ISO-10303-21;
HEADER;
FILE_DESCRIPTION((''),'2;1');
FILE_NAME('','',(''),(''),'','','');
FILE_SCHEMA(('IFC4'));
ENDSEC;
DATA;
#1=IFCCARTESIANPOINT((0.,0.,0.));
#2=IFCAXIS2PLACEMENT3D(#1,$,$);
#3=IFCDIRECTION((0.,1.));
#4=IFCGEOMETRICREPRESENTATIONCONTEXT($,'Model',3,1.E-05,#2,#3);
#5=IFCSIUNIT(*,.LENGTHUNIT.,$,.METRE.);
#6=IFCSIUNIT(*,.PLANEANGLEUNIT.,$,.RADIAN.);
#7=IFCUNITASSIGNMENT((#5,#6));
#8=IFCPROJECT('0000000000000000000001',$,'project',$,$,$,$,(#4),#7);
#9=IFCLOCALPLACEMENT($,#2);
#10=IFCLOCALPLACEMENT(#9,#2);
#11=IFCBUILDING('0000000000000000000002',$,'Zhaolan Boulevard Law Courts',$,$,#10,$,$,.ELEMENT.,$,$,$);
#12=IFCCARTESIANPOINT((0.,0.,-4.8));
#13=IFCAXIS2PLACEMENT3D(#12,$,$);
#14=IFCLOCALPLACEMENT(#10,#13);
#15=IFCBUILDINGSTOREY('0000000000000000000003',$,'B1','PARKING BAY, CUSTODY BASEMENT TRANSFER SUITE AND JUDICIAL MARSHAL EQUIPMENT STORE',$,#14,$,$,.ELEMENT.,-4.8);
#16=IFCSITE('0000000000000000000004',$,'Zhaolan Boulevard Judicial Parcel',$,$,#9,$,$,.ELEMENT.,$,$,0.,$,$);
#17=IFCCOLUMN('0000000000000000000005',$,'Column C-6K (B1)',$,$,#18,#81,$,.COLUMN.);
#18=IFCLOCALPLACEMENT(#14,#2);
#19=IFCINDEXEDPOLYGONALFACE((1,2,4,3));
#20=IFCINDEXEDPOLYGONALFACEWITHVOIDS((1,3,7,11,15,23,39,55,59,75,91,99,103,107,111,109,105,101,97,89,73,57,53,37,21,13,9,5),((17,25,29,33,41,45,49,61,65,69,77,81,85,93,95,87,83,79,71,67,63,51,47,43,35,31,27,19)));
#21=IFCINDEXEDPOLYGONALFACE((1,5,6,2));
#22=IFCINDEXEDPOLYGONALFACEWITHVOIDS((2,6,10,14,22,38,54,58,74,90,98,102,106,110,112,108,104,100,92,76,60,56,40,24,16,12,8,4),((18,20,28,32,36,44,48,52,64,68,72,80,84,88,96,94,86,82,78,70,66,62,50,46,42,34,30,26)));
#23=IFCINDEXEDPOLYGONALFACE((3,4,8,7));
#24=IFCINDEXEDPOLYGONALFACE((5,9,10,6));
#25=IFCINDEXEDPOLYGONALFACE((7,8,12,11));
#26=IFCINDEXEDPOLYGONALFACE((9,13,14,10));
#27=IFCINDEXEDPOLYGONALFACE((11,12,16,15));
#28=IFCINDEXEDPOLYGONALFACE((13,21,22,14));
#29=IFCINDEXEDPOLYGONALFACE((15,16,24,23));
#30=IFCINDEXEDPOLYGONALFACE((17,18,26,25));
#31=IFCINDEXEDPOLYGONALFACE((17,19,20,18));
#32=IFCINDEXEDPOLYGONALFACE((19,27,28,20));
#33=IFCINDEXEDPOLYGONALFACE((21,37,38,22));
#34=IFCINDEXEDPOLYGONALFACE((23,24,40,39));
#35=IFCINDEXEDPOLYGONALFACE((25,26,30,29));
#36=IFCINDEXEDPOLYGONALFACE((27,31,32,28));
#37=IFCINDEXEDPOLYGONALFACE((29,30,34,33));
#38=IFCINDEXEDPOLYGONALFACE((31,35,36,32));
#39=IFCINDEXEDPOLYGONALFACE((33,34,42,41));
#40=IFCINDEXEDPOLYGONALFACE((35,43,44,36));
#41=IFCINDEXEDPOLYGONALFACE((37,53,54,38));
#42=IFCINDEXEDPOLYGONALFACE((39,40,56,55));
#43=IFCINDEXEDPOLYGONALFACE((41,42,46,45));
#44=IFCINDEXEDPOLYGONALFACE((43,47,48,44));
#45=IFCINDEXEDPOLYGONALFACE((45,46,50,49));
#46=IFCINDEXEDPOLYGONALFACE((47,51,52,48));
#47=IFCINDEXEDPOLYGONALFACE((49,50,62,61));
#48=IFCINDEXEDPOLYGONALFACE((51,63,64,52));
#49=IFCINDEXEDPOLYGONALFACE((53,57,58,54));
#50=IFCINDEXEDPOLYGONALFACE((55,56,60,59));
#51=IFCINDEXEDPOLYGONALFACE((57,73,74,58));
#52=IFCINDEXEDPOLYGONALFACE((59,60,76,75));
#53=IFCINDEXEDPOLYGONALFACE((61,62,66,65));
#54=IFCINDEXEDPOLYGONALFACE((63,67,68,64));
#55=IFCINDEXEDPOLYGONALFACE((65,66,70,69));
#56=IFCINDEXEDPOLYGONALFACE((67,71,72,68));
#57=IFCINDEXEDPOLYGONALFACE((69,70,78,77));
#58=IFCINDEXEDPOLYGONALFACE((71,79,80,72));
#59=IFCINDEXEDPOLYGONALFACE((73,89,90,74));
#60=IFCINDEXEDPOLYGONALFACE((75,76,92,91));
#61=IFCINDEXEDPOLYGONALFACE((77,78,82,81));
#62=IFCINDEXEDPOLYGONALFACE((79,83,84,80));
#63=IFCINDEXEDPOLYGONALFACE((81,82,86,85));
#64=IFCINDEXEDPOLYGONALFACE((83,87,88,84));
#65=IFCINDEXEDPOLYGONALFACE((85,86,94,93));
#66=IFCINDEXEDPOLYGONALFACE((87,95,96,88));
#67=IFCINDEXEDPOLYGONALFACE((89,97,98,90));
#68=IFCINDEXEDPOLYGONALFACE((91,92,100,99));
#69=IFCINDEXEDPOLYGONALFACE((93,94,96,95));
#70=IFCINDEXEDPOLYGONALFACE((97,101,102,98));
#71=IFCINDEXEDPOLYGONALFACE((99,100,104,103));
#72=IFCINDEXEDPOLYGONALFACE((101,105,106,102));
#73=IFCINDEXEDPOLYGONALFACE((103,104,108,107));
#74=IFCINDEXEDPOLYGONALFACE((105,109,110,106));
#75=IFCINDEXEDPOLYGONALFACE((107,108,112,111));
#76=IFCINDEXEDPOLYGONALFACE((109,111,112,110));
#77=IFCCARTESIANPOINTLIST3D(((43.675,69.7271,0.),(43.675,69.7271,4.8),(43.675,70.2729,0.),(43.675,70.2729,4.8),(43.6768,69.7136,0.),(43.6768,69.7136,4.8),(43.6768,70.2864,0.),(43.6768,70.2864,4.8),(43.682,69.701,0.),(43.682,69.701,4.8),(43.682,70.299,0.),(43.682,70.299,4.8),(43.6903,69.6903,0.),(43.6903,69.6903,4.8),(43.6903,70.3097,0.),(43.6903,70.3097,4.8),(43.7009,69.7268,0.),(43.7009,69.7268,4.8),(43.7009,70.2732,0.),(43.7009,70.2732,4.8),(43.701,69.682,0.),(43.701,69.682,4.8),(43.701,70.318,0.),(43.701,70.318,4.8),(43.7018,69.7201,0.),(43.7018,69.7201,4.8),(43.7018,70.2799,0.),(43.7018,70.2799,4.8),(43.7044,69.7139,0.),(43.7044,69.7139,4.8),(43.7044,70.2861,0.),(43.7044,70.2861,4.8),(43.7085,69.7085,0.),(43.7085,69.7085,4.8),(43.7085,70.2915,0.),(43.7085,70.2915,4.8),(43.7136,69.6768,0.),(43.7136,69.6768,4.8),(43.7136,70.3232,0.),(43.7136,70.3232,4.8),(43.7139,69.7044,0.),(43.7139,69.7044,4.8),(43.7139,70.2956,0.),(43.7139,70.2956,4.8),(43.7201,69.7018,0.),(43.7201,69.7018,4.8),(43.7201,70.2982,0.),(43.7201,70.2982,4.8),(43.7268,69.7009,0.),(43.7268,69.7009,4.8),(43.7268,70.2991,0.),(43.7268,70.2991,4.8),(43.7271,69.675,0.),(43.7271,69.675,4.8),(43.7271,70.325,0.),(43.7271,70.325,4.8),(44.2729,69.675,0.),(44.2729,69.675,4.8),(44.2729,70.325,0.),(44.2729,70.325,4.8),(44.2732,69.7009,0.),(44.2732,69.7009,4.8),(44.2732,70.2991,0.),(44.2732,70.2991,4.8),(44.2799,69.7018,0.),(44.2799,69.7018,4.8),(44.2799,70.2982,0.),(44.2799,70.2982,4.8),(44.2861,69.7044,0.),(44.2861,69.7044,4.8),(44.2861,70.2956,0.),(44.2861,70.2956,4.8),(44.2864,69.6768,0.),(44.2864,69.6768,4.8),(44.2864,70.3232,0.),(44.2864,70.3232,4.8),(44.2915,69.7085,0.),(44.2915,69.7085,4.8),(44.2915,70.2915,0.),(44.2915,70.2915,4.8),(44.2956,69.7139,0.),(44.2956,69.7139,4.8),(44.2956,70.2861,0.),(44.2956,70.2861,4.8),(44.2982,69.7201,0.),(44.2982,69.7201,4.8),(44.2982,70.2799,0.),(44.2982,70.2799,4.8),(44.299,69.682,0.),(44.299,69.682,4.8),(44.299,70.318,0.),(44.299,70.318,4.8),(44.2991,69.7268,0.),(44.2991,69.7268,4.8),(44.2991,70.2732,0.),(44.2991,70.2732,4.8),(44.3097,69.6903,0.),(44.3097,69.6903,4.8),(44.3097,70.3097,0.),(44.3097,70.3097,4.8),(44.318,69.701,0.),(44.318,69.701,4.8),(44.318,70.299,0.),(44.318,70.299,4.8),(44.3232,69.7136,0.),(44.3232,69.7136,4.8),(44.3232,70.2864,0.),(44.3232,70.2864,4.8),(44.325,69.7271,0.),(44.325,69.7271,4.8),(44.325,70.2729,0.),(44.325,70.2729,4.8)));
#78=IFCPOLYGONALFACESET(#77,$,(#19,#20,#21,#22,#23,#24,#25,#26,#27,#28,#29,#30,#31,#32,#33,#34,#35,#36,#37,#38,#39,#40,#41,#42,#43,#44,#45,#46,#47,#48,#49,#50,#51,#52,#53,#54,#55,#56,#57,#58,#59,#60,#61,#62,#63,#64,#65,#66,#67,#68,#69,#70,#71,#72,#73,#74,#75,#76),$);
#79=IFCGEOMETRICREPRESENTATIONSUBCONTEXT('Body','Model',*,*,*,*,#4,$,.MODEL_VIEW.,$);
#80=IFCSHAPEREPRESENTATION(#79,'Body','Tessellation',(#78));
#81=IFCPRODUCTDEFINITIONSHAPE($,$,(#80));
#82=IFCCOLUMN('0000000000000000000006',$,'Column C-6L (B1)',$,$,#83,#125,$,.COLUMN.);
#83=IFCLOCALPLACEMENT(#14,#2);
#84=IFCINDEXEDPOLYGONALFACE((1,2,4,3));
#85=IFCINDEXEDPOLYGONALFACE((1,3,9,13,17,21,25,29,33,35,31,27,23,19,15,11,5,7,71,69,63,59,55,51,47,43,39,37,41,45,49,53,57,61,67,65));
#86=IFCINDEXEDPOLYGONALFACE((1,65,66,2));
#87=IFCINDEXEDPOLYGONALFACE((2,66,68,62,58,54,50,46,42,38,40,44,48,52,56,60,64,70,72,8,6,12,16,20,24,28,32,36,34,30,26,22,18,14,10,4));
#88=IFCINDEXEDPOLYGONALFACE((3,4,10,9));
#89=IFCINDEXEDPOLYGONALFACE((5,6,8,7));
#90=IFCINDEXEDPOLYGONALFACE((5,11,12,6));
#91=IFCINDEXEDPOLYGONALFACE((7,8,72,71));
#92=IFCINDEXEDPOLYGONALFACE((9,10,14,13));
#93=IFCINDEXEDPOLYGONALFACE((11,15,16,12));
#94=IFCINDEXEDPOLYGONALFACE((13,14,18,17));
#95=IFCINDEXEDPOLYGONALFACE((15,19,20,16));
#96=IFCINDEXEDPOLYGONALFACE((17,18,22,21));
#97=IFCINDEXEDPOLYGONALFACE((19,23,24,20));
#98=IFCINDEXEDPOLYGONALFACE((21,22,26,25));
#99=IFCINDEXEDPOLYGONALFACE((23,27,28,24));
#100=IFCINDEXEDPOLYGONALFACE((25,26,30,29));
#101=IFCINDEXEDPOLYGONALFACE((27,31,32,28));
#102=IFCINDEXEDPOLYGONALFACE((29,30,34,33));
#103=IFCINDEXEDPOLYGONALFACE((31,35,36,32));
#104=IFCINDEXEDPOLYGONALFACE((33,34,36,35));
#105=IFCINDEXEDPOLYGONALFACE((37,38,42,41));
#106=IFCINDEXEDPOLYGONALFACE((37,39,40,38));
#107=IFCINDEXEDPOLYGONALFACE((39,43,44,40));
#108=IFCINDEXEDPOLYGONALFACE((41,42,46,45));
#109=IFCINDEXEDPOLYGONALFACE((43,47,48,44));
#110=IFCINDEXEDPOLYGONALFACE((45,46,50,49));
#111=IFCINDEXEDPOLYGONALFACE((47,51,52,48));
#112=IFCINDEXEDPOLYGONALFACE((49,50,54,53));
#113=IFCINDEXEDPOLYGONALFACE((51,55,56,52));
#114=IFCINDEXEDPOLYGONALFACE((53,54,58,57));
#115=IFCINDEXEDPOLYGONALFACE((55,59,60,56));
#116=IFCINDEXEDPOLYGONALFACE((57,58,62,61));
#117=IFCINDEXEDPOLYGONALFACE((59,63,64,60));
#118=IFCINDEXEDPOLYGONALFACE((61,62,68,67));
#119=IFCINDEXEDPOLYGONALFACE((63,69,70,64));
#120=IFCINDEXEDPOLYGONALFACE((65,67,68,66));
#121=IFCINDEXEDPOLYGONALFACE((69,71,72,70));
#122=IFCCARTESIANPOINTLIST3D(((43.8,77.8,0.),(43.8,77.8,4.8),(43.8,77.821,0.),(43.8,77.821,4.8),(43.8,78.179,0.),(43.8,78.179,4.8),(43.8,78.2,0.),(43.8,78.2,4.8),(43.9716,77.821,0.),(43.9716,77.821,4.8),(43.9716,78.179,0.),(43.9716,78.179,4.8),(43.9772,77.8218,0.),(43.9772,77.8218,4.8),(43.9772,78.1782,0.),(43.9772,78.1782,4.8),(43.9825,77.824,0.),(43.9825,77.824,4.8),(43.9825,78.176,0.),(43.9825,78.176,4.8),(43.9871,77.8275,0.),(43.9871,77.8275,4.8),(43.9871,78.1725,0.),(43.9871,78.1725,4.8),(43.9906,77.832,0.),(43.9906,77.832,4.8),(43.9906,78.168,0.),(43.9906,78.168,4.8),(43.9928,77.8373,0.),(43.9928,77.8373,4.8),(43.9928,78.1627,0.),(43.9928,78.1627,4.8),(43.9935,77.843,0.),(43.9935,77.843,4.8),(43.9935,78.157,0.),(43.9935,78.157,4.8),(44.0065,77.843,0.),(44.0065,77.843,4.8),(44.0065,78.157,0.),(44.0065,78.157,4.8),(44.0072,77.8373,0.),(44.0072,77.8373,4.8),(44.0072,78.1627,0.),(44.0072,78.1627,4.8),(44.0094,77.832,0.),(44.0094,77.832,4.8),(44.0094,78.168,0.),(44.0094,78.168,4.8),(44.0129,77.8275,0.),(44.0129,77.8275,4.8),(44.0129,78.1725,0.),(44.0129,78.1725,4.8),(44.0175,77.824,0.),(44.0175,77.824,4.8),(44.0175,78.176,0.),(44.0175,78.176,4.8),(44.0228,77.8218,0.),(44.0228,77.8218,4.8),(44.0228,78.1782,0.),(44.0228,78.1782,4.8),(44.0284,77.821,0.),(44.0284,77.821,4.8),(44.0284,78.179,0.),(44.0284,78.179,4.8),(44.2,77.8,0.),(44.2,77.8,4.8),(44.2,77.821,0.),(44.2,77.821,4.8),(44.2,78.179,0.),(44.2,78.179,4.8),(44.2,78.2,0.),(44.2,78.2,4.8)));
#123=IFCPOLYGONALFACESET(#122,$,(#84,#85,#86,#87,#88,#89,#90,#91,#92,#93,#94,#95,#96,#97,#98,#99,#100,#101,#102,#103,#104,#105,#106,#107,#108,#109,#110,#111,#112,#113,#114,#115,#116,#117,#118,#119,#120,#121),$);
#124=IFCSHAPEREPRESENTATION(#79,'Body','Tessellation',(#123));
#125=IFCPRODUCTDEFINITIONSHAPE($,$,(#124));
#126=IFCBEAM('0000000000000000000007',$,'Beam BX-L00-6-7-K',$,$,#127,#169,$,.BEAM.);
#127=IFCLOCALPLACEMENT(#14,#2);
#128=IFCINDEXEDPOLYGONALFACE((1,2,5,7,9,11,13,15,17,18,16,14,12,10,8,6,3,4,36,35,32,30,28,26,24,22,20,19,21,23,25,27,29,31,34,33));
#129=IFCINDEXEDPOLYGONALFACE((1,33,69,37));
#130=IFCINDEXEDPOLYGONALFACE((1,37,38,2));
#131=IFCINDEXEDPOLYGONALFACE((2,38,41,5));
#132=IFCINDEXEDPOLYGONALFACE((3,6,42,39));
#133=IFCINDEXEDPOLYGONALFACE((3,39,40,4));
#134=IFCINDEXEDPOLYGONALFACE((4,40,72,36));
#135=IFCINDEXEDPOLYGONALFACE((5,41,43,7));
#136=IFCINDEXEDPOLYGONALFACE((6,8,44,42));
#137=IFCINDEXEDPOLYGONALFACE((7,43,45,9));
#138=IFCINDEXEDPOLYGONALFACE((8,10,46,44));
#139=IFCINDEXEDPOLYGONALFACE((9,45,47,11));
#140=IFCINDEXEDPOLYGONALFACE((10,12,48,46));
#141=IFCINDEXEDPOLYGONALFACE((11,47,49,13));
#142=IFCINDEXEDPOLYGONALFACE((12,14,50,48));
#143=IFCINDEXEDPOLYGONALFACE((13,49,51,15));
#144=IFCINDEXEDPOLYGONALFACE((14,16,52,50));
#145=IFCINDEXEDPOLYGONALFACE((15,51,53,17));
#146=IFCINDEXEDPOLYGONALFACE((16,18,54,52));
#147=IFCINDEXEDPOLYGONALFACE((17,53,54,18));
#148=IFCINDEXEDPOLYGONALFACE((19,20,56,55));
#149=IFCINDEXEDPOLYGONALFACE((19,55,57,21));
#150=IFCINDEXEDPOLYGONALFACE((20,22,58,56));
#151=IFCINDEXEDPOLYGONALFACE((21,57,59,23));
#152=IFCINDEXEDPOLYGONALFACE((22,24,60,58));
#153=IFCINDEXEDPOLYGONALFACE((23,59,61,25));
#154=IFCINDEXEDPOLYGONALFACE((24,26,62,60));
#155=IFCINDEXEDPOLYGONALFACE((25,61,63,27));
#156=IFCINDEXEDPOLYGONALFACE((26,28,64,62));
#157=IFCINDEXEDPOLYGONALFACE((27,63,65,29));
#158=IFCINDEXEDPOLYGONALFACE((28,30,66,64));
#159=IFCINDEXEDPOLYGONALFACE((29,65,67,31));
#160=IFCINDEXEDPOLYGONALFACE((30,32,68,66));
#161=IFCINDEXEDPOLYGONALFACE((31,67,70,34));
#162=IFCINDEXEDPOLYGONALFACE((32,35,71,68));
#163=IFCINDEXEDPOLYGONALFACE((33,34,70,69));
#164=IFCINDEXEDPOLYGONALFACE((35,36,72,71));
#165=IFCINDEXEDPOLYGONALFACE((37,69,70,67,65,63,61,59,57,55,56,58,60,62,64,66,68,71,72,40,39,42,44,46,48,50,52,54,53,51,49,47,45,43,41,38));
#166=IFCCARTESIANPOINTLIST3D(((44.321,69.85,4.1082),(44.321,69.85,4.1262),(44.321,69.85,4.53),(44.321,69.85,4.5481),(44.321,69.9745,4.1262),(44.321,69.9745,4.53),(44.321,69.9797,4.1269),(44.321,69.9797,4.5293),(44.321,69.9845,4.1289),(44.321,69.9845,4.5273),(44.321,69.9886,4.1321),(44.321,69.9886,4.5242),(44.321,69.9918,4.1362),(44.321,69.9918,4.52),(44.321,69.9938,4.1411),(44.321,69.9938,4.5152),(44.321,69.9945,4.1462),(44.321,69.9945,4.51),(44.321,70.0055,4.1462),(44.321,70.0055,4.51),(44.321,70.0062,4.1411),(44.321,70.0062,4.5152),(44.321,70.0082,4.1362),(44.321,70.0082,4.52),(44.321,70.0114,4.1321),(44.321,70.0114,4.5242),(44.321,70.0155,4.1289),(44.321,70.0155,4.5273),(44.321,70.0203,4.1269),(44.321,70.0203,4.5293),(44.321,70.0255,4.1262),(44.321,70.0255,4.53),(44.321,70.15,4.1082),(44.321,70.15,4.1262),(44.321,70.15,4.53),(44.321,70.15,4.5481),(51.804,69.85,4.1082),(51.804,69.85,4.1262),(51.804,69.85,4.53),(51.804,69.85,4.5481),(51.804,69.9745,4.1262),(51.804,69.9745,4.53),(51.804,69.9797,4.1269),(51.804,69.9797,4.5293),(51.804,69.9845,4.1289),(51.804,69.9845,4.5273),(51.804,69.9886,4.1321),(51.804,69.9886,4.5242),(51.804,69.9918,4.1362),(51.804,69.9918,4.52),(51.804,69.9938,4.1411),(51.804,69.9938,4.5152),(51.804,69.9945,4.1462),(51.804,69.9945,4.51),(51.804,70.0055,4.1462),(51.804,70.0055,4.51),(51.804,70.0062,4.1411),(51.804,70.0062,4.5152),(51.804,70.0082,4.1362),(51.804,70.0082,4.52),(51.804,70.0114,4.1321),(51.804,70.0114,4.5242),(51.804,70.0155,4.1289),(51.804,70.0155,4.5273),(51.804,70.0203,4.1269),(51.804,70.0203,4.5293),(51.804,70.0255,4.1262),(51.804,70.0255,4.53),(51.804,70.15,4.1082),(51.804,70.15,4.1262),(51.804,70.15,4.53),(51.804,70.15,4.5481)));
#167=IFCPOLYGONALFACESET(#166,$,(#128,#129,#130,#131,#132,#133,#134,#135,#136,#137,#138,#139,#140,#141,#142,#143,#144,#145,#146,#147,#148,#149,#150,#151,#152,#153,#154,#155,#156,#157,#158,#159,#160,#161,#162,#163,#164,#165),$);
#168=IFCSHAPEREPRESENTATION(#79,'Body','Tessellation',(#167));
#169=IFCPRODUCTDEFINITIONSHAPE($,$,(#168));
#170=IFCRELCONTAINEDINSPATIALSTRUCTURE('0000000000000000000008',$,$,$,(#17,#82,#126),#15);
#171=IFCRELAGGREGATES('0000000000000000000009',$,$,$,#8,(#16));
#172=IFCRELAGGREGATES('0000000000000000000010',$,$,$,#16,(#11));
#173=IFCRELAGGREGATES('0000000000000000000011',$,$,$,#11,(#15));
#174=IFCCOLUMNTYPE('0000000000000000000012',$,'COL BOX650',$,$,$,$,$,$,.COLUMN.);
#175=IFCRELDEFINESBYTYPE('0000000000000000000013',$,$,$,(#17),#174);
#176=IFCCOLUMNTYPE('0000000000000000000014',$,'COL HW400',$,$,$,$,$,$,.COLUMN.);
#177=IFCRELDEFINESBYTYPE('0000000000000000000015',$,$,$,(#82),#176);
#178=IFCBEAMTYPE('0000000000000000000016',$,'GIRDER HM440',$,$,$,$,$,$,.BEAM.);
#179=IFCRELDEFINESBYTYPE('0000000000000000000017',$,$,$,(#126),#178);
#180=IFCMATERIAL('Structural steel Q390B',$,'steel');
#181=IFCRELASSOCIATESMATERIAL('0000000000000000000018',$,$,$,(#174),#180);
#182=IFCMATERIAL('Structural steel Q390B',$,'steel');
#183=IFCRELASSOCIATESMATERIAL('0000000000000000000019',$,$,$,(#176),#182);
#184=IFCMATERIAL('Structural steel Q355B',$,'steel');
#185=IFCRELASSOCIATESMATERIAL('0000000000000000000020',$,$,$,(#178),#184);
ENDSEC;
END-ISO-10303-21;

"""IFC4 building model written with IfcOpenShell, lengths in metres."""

from ifc_helpers import new_model, si_unit, direction, frame, origin, origin_2d, place, context, subcontext, project, spatial, hollow_rectangle, i_section, extrude, material, material_profile, profile_set, type_object, element, save


model = new_model("IFC4")

# Units and contexts
model_context = context("Model", 3, precision=1e-05, world=origin(), true_north=direction((0.0, 1.0)))
body_context = subcontext(model_context, "Body", "Model", "MODEL_VIEW")
ifc_project = project(units=[si_unit("LENGTHUNIT", "METRE"), si_unit("PLANEANGLEUNIT", "RADIAN")], contexts=[model_context])

# Site, building, storey
site_placement = place(None, origin())
site = spatial("IfcSite", under=ifc_project, at=site_placement, Name="Zhaolan Boulevard Judicial Parcel", CompositionType="ELEMENT", RefElevation=0.0)
building_placement = place(site_placement, origin())
building = spatial("IfcBuilding", under=site, at=building_placement, Name="Zhaolan Boulevard Law Courts", CompositionType="ELEMENT")
storey_placement = place(building_placement, frame((0.0, 0.0, -4.8)))
storey = spatial("IfcBuildingStorey", under=building, at=storey_placement, Name="B1", Description="PARKING BAY, CUSTODY BASEMENT TRANSFER SUITE AND JUDICIAL MARSHAL EQUIPMENT STORE", CompositionType="ELEMENT", Elevation=-4.8)

# Columns
ifc_material_1 = material(Name="Structural steel Q390B", Category="steel")
ifc_material_profile_1 = material_profile(ifc_material_1, hollow_rectangle(XDim=0.6499, YDim=0.6499, WallThickness=0.0259, InnerFilletRadius=0.0259, OuterFilletRadius=0.052, at=origin_2d()), Name="BOX650x650x26")
ifc_profile_set_1 = profile_set([ifc_material_profile_1], Name="Structural steel Q390B")
column_type_1 = type_object("IfcColumnType", Name="COL BOX650", PredefinedType="COLUMN", material=ifc_profile_set_1)
column_1_placement = place(storey_placement, frame((44.0, 70.0, 0.0), z_axis=(0.0, 0.0, 1.0), x_axis=(1.0, 0.0, 0.0)))
element("IfcColumn", 1, at=column_1_placement, inside=storey, type_object=column_type_1, Name="Column C-6K (B1)", PredefinedType="COLUMN", context=body_context, shape_type="SweptSolid", body=[
    extrude(hollow_rectangle(XDim=0.6499, YDim=0.6499, WallThickness=0.0259, InnerFilletRadius=0.0259, OuterFilletRadius=0.052, at=origin_2d()), origin(), (0.0, 0.0, 1.0), 4.8),
])
ifc_material_2 = material(Name="Structural steel Q390B", Category="steel")
ifc_material_profile_2 = material_profile(ifc_material_2, i_section(OverallWidth=0.3999, OverallDepth=0.3999, WebThickness=0.0129, FlangeThickness=0.021, FilletRadius=0.022, at=origin_2d()), Name="HW400x400")
ifc_profile_set_2 = profile_set([ifc_material_profile_2], Name="Structural steel Q390B")
column_type_2 = type_object("IfcColumnType", Name="COL HW400", PredefinedType="COLUMN", material=ifc_profile_set_2)
column_2_placement = place(storey_placement, frame((44.0, 78.0, 0.0), z_axis=(0.0, 0.0, 1.0), x_axis=(1.0, 0.0, 0.0)))
element("IfcColumn", 2, at=column_2_placement, inside=storey, type_object=column_type_2, Name="Column C-6L (B1)", PredefinedType="COLUMN", context=body_context, shape_type="SweptSolid", body=[
    extrude(i_section(OverallWidth=0.3999, OverallDepth=0.3999, WebThickness=0.0129, FlangeThickness=0.021, FilletRadius=0.022, at=origin_2d()), origin(), (0.0, 0.0, 1.0), 4.8),
])

# Beam
ifc_material_3 = material(Name="Structural steel Q355B", Category="steel")
ifc_material_profile_3 = material_profile(ifc_material_3, i_section(OverallWidth=0.3, OverallDepth=0.4399, WebThickness=0.011, FlangeThickness=0.0181, FilletRadius=0.02, at=origin_2d()), Name="HM440x300")
ifc_profile_set_3 = profile_set([ifc_material_profile_3], Name="Structural steel Q355B")
beam_type_1 = type_object("IfcBeamType", Name="GIRDER HM440", PredefinedType="BEAM", material=ifc_profile_set_3)
beam_1_placement = place(storey_placement, frame((44.321, 70.0, 4.3281), z_axis=(1.0, 0.0, 0.0), x_axis=(0.0, 1.0, 0.0)))
element("IfcBeam", 3, at=beam_1_placement, inside=storey, type_object=beam_type_1, Name="Beam BX-L00-6-7-K", PredefinedType="BEAM", context=body_context, shape_type="SweptSolid", body=[
    extrude(i_section(OverallWidth=0.3, OverallDepth=0.4399, WebThickness=0.011, FlangeThickness=0.0181, FilletRadius=0.02, at=origin_2d()), origin(), (0.0, 0.0, 1.0), 7.4829),
])

save(model, "model.ifc")
